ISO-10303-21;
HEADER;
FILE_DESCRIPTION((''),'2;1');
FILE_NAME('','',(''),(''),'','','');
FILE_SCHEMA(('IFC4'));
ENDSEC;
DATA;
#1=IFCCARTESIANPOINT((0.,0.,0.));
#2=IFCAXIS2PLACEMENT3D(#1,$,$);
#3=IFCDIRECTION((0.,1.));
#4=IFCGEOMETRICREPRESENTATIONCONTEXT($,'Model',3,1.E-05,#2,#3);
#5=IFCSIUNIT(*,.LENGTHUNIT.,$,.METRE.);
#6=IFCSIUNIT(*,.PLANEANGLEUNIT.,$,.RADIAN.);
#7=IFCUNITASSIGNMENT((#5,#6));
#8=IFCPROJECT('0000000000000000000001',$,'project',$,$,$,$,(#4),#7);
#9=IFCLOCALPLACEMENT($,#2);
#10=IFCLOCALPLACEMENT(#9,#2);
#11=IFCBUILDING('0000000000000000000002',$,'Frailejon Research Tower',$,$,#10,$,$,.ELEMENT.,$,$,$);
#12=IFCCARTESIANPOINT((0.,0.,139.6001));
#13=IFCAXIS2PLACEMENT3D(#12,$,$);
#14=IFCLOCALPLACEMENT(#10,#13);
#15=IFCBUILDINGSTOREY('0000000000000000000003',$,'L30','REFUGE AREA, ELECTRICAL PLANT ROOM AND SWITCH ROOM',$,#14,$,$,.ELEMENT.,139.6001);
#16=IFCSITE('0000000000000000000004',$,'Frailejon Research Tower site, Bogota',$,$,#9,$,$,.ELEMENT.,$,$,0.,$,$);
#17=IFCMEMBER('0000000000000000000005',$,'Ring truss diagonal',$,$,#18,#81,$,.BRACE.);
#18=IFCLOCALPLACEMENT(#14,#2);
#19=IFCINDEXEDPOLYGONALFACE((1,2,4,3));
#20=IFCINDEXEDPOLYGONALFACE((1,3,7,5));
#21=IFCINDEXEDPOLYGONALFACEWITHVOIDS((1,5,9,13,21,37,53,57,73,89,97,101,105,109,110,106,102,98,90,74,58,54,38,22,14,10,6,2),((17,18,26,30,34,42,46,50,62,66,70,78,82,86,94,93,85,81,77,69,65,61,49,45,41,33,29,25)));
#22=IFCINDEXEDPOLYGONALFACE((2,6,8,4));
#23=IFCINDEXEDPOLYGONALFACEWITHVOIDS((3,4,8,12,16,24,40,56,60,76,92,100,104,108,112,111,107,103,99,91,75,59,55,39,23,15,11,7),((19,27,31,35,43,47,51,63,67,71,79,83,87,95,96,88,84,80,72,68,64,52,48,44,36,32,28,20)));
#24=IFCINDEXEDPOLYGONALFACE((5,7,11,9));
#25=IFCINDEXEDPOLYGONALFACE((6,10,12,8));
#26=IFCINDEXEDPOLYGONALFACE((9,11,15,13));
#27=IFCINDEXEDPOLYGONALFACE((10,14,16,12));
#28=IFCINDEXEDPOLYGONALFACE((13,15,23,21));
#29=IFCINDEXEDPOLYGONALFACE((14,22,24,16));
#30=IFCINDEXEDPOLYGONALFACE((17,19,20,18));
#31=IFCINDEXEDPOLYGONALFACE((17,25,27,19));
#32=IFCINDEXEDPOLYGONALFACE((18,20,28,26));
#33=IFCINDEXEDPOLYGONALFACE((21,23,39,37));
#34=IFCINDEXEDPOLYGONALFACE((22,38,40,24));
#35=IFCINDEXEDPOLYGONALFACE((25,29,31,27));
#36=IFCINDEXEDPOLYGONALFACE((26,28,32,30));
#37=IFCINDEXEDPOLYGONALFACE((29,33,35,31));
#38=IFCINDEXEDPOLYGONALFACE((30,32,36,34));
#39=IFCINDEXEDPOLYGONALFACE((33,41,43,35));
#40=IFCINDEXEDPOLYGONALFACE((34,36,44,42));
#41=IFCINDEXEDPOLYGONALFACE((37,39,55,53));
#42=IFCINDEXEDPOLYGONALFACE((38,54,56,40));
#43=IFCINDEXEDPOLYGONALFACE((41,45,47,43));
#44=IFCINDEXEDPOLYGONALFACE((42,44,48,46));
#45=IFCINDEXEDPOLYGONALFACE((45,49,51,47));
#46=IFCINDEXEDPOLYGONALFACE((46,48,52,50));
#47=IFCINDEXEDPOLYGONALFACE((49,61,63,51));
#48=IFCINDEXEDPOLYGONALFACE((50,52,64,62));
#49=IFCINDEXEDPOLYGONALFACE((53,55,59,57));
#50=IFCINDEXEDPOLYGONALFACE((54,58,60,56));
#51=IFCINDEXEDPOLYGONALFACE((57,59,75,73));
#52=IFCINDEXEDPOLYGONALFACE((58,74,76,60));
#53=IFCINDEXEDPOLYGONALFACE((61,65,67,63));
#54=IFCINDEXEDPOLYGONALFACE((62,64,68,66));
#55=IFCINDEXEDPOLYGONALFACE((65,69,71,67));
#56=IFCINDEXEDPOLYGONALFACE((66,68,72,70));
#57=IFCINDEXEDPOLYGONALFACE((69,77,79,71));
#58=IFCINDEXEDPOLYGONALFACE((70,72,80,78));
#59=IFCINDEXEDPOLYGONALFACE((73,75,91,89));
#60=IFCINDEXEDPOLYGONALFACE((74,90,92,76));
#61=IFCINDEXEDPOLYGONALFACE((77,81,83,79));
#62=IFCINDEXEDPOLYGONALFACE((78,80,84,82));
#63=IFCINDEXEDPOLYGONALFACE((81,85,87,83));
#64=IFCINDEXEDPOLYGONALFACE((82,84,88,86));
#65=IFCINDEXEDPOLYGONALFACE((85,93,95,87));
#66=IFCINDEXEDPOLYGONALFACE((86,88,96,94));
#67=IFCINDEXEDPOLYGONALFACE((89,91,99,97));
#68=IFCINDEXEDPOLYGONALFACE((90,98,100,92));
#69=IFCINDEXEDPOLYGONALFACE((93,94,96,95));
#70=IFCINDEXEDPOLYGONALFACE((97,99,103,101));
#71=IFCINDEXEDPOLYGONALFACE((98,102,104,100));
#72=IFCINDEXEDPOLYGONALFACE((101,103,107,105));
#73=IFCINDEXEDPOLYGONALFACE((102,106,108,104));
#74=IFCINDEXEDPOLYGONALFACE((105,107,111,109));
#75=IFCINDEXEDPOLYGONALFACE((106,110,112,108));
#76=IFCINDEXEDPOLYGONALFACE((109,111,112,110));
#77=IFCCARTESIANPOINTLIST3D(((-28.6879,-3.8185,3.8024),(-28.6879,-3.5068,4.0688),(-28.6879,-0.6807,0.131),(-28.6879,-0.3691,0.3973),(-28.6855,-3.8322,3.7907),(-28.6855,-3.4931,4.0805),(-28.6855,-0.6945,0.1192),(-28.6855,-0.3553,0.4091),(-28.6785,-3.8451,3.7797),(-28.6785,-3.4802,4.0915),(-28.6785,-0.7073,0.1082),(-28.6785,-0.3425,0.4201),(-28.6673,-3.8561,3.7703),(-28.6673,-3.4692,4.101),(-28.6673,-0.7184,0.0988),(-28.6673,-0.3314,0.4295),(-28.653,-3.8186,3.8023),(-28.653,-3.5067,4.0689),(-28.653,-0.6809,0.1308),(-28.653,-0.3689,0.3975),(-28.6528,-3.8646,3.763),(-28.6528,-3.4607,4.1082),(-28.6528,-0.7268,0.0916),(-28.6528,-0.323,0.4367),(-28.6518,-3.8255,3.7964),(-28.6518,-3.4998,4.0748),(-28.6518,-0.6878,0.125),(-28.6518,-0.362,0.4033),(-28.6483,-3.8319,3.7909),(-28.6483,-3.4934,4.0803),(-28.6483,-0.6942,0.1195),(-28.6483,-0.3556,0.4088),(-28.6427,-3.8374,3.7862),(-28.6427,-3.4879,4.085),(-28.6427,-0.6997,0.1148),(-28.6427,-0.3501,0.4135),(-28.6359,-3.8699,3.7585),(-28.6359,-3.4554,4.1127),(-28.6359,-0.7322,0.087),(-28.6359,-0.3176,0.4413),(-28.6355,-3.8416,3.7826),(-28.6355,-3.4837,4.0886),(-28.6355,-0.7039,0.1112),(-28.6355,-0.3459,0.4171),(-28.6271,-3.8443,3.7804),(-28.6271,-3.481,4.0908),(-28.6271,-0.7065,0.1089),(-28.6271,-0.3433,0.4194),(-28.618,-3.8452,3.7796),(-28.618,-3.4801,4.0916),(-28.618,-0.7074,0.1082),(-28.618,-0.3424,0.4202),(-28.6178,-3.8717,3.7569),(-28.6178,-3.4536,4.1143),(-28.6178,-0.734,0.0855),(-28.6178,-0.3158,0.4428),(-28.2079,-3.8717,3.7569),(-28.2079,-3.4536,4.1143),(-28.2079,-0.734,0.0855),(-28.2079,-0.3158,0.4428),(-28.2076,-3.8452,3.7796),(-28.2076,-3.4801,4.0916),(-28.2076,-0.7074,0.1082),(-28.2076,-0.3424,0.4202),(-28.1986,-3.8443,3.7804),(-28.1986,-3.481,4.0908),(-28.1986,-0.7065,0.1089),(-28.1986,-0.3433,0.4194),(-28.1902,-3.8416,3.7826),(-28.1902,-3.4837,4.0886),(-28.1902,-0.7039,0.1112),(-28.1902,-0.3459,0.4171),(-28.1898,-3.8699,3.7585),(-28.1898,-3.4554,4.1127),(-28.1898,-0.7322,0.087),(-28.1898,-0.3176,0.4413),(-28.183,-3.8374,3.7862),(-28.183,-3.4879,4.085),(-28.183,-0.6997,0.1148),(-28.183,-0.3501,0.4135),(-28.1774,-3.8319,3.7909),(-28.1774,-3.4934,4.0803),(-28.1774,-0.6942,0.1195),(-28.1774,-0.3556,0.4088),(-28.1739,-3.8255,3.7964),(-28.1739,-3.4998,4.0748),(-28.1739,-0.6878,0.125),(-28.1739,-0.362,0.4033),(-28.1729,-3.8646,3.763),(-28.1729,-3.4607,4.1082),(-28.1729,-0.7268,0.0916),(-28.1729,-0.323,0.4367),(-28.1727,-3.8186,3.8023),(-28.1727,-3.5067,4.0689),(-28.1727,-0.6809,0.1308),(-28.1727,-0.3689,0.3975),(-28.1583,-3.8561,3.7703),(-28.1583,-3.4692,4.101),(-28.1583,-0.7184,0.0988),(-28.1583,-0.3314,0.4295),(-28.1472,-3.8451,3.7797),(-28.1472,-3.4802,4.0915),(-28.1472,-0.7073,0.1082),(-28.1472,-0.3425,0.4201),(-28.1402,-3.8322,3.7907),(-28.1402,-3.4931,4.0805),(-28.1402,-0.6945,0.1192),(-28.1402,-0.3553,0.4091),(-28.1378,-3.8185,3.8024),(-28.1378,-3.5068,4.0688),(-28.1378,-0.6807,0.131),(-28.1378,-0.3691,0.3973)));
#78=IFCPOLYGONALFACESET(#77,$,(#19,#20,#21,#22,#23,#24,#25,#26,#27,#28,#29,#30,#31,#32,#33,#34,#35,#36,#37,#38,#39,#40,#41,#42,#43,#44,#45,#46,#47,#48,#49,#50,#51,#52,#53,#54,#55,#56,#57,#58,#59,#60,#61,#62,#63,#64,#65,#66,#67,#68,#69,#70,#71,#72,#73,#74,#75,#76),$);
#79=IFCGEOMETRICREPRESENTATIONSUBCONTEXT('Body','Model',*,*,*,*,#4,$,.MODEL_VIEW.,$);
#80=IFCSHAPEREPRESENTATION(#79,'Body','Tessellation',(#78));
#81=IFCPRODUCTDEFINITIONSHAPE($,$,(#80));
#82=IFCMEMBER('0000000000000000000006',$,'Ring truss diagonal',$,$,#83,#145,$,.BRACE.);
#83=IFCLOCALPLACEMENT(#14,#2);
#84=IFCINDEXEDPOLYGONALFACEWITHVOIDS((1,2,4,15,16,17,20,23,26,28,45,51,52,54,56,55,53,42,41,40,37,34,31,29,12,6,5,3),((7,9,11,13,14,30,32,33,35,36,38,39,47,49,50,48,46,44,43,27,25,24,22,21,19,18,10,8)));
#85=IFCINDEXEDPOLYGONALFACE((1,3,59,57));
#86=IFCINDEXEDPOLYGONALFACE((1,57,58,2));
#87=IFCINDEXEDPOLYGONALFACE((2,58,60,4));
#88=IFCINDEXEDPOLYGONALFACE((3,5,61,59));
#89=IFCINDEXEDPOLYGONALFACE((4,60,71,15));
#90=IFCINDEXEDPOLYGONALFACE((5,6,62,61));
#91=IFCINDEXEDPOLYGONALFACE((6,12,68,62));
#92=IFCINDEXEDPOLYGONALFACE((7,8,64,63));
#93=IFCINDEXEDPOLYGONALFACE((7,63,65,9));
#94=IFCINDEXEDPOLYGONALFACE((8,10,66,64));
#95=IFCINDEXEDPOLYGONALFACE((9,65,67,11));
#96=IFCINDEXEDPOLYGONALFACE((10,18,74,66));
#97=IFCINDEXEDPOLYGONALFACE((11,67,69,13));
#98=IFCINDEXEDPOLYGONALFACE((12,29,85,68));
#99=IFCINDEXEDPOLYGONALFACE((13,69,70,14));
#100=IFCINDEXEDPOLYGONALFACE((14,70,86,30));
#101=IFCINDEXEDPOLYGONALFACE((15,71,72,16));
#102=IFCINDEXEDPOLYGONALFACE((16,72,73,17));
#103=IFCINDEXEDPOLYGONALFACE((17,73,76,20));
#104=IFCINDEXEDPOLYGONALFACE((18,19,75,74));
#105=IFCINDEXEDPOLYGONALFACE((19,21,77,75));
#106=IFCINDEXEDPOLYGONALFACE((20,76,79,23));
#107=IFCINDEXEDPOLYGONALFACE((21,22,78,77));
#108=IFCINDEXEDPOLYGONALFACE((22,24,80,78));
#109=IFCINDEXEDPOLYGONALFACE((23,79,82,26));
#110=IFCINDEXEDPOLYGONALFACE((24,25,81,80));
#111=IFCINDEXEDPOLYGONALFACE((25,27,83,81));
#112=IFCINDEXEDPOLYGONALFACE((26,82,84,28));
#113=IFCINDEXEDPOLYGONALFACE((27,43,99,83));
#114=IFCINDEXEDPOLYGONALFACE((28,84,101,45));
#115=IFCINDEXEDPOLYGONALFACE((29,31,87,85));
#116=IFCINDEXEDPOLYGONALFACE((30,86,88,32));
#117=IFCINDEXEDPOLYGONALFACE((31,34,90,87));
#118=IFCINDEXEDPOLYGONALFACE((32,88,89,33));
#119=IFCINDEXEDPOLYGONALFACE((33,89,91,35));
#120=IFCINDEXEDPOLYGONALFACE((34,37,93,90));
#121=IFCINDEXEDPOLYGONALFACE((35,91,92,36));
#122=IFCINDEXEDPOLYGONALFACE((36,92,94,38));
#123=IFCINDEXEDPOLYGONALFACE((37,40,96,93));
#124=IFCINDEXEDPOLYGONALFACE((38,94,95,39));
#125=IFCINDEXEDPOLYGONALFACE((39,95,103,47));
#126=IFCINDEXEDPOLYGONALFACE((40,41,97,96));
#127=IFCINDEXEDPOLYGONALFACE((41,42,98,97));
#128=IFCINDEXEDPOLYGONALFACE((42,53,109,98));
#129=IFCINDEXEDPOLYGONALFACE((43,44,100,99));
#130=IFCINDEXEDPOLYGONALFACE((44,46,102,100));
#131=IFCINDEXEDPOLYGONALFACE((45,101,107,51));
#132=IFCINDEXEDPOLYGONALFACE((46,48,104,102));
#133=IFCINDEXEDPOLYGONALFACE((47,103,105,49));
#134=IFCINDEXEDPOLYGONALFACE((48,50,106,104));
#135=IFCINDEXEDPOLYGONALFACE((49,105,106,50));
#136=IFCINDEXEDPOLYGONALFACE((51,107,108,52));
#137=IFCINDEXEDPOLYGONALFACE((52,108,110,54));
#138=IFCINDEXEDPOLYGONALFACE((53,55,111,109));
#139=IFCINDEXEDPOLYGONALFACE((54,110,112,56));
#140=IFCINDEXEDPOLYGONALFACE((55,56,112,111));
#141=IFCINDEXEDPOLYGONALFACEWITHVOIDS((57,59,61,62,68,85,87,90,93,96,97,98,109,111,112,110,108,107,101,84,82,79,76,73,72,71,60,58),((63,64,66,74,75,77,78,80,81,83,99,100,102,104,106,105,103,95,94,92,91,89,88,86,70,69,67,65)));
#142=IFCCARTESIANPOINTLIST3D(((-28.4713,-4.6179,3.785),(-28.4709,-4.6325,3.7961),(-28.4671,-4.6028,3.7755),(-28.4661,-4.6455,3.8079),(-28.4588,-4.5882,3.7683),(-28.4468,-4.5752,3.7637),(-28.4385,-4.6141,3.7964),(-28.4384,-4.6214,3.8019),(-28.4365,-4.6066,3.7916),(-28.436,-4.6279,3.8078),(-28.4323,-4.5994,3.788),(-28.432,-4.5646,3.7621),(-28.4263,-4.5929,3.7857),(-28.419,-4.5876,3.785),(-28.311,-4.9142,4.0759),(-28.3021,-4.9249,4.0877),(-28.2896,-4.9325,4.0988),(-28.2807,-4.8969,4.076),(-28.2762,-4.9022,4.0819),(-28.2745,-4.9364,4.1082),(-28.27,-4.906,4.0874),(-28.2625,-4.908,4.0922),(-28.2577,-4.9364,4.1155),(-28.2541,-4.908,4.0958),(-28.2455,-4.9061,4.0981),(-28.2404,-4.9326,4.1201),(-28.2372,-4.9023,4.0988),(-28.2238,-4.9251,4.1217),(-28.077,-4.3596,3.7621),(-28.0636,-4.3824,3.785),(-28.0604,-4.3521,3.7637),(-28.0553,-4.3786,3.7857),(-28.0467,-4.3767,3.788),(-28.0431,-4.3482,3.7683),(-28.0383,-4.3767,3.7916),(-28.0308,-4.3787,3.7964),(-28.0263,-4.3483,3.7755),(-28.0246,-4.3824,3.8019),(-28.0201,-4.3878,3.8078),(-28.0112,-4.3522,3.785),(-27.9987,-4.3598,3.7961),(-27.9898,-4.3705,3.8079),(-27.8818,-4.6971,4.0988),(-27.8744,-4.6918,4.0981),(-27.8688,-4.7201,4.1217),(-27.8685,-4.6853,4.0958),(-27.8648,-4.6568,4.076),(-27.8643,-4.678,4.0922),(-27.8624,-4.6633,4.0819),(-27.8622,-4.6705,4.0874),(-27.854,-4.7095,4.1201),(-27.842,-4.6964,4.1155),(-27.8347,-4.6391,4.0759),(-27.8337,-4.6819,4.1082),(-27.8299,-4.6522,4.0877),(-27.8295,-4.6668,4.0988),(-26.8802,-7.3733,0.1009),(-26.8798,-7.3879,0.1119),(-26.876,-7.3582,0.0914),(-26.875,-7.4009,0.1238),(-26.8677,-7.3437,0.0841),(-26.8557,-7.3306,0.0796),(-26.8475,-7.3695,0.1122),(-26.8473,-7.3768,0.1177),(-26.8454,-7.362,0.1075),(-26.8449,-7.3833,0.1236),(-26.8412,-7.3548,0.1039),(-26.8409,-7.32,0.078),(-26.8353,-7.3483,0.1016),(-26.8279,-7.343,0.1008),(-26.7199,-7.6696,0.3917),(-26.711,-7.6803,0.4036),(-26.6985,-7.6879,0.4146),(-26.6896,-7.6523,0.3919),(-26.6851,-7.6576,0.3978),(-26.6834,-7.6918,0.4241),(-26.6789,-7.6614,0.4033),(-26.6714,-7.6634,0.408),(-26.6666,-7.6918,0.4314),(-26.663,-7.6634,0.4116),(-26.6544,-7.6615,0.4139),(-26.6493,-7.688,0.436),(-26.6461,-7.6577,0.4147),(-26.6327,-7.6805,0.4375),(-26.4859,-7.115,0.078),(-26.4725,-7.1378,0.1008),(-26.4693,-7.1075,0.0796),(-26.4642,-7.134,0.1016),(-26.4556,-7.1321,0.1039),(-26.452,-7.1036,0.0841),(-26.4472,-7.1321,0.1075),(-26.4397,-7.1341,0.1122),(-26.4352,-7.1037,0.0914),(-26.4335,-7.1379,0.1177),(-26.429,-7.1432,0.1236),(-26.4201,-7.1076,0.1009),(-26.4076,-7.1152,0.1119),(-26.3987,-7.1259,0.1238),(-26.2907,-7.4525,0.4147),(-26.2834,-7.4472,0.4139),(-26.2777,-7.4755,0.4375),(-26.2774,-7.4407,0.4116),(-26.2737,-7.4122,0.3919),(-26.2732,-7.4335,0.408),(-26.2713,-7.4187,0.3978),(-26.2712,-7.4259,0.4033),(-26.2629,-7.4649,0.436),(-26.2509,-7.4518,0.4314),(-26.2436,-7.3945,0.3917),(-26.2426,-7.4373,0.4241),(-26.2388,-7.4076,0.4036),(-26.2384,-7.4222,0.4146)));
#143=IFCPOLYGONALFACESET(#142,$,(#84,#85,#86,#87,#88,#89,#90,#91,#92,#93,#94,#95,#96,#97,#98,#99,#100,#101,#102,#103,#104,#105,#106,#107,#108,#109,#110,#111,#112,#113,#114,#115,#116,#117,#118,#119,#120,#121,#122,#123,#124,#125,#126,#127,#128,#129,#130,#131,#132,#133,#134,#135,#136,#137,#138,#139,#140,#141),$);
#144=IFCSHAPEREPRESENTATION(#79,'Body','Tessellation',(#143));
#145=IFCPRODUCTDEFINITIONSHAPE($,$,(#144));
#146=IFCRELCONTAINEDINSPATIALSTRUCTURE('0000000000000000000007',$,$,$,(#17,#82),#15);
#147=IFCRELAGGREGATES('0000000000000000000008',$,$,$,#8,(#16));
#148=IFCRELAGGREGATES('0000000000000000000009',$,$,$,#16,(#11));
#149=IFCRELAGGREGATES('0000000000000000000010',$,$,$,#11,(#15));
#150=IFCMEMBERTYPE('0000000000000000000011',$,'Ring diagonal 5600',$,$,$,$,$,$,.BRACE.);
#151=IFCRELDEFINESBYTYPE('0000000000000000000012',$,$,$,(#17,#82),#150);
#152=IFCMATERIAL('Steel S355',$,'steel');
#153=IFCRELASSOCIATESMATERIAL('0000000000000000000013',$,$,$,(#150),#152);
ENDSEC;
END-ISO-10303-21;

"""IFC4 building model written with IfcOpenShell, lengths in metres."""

from ifc_helpers import new_model, si_unit, direction, frame, origin, origin_2d, place, context, subcontext, project, spatial, hollow_rectangle, extrude, material, material_profile, profile_set, type_object, element, save


model = new_model("IFC4")

# Units and contexts
model_context = context("Model", 3, precision=1e-05, world=origin(), true_north=direction((0.0, 1.0)))
body_context = subcontext(model_context, "Body", "Model", "MODEL_VIEW")
ifc_project = project(units=[si_unit("LENGTHUNIT", "METRE"), si_unit("PLANEANGLEUNIT", "RADIAN")], contexts=[model_context])

# Site, building, storey
site_placement = place(None, origin())
site = spatial("IfcSite", under=ifc_project, at=site_placement, Name="Frailejon Research Tower site, Bogota", CompositionType="ELEMENT", RefElevation=0.0)
building_placement = place(site_placement, origin())
building = spatial("IfcBuilding", under=site, at=building_placement, Name="Frailejon Research Tower", CompositionType="ELEMENT")
storey_placement = place(building_placement, frame((0.0, 0.0, 139.6001)))
storey = spatial("IfcBuildingStorey", under=building, at=storey_placement, Name="L30", Description="REFUGE AREA, ELECTRICAL PLANT ROOM AND SWITCH ROOM", CompositionType="ELEMENT", Elevation=139.6001)

# Members
ifc_material_1 = material(Name="Steel S355", Category="steel")
ifc_material_profile_1 = material_profile(ifc_material_1, hollow_rectangle(XDim=0.55, YDim=0.55, WallThickness=0.0349, InnerFilletRadius=0.0349, OuterFilletRadius=0.0701, at=origin_2d()), Name="Ring diagonal 5600")
ifc_profile_set_1 = profile_set([ifc_material_profile_1], Name="Steel S355")
member_type = type_object("IfcMemberType", Name="Ring diagonal 5600", PredefinedType="BRACE", material=ifc_profile_set_1)
member_placement = place(storey_placement, frame((-28.4128, -0.5249, 0.2642), z_axis=(0.0, -0.649692, 0.760198), x_axis=(1.0, 0.0, 0.0)))
element("IfcMember", 1, at=member_placement, inside=storey, type_object=member_type, Name="Ring truss diagonal", PredefinedType="BRACE", context=body_context, shape_type="SweptSolid", body=[
    extrude(hollow_rectangle(XDim=0.55, YDim=0.55, WallThickness=0.0349, InnerFilletRadius=0.0349, OuterFilletRadius=0.0701, at=origin_2d()), origin(), (0.0, 0.0, 1.0), 4.8296),
])
for number, where, z_axis, x_axis, name in (
    (2, (-28.1504, -4.6423, 3.9419), (0.326851, -0.566034, -0.756818), (0.865991, 0.500059, 0.0), "Ring truss diagonal"),
):
    element("IfcMember", number, at=place(storey_placement, frame(where, z_axis=z_axis, x_axis=x_axis)), inside=storey, type_object=member_type, Name=name, PredefinedType="BRACE", context=body_context, shape_type="SweptSolid", body=[
        extrude(hollow_rectangle(XDim=0.55, YDim=0.55, WallThickness=0.0349, InnerFilletRadius=0.0349, OuterFilletRadius=0.0701, at=origin_2d()), origin(), (0.0, 0.0, 1.0), 4.8679),
    ])

save(model, "model.ifc")
